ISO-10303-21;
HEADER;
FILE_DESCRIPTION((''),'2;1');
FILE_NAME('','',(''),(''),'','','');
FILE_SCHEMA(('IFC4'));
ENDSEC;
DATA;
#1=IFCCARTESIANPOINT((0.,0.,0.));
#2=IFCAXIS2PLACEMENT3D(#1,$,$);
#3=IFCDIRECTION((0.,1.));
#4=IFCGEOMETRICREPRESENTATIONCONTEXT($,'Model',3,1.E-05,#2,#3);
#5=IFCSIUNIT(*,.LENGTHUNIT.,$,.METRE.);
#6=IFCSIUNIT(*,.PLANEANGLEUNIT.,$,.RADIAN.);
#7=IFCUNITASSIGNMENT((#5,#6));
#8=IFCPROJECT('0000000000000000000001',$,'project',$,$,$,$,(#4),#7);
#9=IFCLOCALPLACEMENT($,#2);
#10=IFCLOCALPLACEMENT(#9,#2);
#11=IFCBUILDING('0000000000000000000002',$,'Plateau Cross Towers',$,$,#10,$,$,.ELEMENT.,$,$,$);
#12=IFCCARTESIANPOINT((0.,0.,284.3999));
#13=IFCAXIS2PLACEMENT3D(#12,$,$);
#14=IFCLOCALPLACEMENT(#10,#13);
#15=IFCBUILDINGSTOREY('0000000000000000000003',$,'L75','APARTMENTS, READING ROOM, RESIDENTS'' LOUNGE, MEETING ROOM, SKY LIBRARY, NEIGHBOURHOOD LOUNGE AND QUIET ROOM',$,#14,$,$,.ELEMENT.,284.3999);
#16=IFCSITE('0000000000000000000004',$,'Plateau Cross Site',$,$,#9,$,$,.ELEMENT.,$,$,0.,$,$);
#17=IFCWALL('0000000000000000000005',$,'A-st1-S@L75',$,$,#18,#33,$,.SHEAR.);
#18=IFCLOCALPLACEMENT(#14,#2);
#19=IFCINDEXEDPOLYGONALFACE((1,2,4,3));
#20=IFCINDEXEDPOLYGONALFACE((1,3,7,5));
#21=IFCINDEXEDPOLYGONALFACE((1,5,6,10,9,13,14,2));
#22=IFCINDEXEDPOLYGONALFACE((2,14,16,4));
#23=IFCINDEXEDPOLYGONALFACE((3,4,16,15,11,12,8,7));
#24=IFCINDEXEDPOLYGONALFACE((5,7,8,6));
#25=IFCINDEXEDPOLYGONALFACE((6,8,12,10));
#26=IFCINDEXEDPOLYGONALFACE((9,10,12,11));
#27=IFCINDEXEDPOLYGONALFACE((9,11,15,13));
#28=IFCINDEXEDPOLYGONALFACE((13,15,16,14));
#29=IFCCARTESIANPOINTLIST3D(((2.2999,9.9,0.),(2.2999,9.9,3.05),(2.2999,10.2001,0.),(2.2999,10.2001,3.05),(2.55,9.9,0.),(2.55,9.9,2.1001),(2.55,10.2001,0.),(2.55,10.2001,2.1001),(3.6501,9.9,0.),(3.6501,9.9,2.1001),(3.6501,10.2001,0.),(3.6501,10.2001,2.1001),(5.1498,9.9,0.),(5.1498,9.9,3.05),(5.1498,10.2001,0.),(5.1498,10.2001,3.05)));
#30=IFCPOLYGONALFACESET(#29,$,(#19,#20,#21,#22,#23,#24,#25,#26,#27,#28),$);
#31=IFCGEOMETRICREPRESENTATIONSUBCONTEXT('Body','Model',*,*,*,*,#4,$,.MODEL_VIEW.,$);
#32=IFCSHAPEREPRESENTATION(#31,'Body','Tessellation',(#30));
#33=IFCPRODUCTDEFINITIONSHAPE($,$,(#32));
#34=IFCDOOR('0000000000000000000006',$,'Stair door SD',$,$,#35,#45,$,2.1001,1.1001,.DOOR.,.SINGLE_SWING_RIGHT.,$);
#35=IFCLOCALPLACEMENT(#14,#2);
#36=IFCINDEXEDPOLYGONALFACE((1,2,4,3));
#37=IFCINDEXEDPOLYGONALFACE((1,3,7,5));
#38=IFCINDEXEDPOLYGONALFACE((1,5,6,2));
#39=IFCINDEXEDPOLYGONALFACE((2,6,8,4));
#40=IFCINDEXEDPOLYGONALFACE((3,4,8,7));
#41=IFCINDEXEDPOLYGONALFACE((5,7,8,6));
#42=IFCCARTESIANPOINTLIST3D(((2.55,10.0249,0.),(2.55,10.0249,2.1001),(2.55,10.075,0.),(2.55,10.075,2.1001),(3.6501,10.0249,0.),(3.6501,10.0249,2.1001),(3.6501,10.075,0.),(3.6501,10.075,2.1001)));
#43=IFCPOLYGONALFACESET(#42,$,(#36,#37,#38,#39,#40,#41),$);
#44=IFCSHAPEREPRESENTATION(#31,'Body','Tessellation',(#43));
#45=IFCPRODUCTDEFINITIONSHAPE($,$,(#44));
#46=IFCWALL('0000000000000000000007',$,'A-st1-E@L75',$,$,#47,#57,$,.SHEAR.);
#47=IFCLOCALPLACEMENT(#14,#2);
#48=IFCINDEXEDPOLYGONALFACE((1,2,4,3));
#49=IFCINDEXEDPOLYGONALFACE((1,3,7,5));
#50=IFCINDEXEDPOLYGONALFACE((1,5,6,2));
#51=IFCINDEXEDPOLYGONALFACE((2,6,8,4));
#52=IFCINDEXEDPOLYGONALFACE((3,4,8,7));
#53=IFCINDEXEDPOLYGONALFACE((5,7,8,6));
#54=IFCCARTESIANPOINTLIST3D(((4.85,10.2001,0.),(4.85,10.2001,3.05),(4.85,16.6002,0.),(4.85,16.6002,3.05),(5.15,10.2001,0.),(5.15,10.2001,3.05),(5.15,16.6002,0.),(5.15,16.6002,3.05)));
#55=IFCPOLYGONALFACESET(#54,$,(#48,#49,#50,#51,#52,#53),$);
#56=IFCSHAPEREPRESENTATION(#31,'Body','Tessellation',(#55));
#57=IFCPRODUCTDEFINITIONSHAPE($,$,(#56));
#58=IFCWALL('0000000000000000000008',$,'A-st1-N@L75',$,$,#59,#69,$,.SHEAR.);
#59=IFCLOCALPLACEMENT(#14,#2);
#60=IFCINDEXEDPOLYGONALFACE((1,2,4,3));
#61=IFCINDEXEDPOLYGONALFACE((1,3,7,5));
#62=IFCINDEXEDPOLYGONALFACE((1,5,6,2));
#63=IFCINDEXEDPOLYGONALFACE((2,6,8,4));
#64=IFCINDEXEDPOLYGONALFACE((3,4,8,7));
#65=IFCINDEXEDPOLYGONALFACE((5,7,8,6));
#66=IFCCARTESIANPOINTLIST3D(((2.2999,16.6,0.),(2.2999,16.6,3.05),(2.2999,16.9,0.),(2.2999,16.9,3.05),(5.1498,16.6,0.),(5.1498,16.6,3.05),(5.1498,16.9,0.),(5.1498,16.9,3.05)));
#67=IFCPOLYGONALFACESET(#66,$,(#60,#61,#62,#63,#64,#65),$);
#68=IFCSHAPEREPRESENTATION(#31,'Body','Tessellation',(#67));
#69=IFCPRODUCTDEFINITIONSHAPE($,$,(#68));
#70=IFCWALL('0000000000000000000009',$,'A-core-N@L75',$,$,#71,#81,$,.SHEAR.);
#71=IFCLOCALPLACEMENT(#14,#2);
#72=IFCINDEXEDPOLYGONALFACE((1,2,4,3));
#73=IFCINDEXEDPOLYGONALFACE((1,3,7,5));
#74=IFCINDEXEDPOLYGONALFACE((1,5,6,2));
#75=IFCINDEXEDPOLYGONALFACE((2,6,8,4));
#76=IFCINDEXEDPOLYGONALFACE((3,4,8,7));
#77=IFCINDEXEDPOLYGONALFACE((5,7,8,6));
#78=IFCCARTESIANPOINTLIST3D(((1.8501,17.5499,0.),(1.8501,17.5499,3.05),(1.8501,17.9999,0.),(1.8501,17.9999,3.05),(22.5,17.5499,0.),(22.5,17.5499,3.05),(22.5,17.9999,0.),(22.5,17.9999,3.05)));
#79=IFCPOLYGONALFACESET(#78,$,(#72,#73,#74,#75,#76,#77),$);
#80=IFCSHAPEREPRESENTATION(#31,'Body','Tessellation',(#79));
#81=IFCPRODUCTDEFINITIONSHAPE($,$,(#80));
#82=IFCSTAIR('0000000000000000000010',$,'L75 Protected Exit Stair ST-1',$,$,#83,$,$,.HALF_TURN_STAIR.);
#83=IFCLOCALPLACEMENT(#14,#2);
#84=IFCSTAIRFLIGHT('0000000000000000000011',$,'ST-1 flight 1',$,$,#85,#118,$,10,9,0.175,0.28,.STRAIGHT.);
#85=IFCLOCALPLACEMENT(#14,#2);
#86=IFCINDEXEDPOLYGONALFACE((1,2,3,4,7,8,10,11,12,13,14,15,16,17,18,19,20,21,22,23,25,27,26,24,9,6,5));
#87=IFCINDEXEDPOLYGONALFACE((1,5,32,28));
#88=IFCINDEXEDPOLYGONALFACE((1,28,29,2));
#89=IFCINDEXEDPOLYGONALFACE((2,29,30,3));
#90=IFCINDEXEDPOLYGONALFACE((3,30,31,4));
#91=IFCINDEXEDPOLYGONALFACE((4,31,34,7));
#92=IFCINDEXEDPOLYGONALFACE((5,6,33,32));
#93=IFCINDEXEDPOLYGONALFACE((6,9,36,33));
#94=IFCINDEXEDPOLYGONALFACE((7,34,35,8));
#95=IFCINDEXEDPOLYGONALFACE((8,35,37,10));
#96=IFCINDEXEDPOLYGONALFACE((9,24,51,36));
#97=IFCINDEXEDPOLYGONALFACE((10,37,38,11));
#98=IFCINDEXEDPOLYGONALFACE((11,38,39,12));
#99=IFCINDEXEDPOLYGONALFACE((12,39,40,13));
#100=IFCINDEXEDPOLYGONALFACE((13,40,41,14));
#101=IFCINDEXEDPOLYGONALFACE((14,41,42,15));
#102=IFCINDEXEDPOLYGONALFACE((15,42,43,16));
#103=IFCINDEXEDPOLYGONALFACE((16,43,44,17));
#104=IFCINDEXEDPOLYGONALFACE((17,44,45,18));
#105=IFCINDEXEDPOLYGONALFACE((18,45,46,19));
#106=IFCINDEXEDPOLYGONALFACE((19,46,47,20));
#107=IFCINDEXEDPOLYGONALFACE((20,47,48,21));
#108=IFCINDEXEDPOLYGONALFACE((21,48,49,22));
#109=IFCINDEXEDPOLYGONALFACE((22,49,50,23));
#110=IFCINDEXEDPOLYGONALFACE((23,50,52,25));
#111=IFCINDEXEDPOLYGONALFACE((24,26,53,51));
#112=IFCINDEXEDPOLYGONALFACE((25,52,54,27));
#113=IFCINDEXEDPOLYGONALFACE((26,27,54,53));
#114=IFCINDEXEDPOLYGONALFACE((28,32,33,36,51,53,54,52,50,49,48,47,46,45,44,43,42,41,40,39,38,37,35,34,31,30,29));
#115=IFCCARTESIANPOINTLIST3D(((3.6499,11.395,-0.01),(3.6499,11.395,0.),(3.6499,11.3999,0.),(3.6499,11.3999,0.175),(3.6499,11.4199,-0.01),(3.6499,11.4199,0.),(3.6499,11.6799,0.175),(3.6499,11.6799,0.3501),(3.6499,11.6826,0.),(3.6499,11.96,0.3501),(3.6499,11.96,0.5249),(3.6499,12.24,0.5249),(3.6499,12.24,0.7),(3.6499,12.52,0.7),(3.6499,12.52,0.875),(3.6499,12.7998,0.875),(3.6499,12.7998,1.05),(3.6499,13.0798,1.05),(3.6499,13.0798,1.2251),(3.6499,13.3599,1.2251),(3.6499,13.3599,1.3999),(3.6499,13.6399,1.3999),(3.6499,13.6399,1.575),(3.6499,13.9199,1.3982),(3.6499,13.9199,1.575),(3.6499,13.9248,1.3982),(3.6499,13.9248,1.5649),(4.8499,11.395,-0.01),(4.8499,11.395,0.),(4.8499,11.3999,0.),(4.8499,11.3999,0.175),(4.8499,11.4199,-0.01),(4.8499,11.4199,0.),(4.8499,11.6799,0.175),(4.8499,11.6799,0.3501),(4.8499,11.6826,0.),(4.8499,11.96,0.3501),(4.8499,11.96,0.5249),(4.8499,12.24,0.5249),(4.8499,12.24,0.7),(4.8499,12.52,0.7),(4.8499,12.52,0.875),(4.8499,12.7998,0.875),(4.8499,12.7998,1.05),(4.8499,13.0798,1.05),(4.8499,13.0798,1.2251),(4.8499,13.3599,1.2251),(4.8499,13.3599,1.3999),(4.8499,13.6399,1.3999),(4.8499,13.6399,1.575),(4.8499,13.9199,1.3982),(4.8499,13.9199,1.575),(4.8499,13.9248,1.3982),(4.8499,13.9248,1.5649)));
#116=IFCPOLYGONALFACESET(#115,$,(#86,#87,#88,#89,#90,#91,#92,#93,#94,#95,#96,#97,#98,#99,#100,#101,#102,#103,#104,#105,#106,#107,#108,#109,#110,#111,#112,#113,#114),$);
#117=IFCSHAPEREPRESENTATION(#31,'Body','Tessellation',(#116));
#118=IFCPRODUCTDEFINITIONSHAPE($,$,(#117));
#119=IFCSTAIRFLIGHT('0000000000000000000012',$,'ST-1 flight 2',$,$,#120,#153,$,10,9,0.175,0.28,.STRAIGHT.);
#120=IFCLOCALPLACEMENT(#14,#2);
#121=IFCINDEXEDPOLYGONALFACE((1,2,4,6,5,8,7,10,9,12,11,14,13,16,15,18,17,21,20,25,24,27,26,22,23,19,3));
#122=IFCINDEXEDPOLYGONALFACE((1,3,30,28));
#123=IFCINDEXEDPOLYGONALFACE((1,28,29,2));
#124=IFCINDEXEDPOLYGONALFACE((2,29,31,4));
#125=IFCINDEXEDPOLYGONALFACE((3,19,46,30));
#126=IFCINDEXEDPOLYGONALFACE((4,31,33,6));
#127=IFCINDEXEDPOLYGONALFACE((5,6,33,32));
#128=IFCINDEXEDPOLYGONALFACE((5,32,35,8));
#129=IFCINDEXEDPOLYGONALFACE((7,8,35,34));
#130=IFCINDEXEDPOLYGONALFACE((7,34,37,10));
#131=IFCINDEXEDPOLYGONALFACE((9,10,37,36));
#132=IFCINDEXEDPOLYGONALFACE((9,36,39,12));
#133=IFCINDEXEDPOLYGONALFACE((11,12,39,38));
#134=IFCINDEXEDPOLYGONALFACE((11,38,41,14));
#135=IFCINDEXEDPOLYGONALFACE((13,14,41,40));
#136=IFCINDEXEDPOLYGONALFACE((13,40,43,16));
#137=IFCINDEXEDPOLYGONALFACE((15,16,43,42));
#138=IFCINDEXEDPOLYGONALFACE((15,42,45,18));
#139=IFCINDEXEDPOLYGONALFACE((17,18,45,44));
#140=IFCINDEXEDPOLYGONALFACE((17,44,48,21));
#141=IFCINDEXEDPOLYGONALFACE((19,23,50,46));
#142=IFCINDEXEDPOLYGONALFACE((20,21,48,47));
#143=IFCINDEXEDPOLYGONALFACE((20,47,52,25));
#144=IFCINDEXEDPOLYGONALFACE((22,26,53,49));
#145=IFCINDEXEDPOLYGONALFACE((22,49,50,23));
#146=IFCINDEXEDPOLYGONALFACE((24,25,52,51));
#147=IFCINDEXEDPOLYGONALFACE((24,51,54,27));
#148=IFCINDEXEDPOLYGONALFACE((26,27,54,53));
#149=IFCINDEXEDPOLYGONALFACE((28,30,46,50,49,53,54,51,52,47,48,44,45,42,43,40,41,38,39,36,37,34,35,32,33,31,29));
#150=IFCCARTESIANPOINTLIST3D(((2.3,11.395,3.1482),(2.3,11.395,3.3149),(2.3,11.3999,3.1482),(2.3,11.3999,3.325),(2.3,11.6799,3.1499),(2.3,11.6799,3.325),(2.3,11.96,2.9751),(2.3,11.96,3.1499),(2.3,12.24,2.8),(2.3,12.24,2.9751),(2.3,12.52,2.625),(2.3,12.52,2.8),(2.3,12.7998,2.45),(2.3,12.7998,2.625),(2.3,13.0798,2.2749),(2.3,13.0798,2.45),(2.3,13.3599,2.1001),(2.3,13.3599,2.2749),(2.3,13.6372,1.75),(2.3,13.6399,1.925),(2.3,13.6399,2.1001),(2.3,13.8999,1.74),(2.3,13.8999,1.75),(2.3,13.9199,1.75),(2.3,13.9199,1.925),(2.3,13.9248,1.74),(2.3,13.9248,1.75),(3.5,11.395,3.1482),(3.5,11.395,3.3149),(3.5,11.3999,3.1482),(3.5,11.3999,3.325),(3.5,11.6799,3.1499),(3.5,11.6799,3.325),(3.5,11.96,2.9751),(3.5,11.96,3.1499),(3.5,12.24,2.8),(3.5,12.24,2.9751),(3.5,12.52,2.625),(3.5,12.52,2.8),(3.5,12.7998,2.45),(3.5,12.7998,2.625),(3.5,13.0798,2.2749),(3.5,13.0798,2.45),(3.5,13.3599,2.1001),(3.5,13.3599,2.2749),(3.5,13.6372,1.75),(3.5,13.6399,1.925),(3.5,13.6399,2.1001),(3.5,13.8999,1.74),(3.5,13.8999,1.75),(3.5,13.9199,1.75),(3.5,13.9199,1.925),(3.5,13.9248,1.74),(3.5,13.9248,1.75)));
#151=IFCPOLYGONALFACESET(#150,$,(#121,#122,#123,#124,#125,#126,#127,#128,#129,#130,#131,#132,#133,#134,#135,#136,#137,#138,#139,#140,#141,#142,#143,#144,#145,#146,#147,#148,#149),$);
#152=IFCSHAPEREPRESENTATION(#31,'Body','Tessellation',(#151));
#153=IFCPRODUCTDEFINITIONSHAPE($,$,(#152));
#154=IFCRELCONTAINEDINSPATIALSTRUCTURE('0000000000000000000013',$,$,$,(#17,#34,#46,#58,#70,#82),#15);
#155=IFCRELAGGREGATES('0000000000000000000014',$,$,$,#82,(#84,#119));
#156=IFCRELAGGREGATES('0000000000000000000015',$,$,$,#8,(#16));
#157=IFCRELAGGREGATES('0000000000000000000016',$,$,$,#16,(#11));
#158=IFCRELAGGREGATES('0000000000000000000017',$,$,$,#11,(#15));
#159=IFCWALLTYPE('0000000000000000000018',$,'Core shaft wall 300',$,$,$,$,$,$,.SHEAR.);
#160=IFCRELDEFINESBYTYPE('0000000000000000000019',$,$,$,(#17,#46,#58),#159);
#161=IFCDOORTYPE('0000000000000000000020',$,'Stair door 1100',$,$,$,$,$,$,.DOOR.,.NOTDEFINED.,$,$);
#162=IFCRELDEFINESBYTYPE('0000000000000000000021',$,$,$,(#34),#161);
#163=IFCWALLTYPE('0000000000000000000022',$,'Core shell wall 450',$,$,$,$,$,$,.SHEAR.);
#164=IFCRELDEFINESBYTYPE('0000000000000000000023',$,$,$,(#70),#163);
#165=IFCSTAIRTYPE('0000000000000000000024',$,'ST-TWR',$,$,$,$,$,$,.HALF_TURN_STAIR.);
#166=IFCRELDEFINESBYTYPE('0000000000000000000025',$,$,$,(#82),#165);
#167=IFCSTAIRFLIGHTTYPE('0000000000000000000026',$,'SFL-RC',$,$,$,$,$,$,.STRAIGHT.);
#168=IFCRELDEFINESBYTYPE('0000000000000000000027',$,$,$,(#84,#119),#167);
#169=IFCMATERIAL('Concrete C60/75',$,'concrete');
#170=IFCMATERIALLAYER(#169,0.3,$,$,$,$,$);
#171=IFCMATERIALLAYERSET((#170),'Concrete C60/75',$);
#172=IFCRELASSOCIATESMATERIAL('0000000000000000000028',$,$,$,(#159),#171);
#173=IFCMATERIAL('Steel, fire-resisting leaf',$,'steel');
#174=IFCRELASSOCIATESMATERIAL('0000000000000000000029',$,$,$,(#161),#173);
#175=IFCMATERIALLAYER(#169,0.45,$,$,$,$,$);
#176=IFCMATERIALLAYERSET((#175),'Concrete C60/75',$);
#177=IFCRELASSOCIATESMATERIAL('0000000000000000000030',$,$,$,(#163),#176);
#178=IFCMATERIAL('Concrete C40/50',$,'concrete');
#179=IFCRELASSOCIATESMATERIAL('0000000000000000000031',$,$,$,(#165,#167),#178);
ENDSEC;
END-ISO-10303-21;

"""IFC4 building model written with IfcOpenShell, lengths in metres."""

from ifc_helpers import new_model, si_unit, direction, frame, frame_2d, origin, place, context, subcontext, project, spatial, polyline, rectangle, outline, extrude, material, layer, layer_set, type_object, element, fill, aggregate, save


model = new_model("IFC4")

# Units and contexts
model_context = context("Model", 3, precision=1e-05, world=origin(), true_north=direction((0.0, 1.0)))
body_context = subcontext(model_context, "Body", "Model", "MODEL_VIEW")
ifc_project = project(units=[si_unit("LENGTHUNIT", "METRE"), si_unit("PLANEANGLEUNIT", "RADIAN")], contexts=[model_context])

# Site, building, storey
site_placement = place(None, origin())
site = spatial("IfcSite", under=ifc_project, at=site_placement, Name="Plateau Cross Site", CompositionType="ELEMENT", RefElevation=0.0)
building_placement = place(site_placement, origin())
building = spatial("IfcBuilding", under=site, at=building_placement, Name="Plateau Cross Towers", CompositionType="ELEMENT")
storey_placement = place(building_placement, frame((0.0, 0.0, 284.3999)))
storey = spatial("IfcBuildingStorey", under=building, at=storey_placement, Name="L75", Description="APARTMENTS, READING ROOM, RESIDENTS' LOUNGE, MEETING ROOM, SKY LIBRARY, NEIGHBOURHOOD LOUNGE AND QUIET ROOM", CompositionType="ELEMENT", Elevation=284.3999)

# Shared definitions
ifc_material_1 = material(Name="Concrete C60/75", Category="concrete")

# Wall, opening, door
ifc_layer_1 = layer(ifc_material_1, 0.3)
ifc_layer_set_1 = layer_set([ifc_layer_1], Name="Concrete C60/75")
wall_type_1 = type_object("IfcWallType", Name="Core shaft wall 300", PredefinedType="SHEAR", material=ifc_layer_set_1)
wall_1_placement = place(storey_placement, frame((2.3, 10.05, 0.0), z_axis=(0.0, 0.0, 1.0), x_axis=(1.0, 0.0, 0.0)))
wall_1 = element("IfcWall", 1, at=wall_1_placement, inside=storey, type_object=wall_type_1, Name="A-st1-S@L75", PredefinedType="SHEAR", context=body_context, shape_type="SweptSolid", body=[
    extrude(rectangle(XDim=2.8499, YDim=0.3, at=frame_2d((1.4248, 0.0))), origin(), (0.0, 0.0, 1.0), 3.05),
])
opening_placement = place(wall_1_placement, frame((0.25, 0.0, 0.0)))
opening = element("IfcOpeningElement", 2, at=opening_placement, cuts=wall_1, PredefinedType="OPENING", context=body_context, shape_type="SweptSolid", body=[
    extrude(rectangle(XDim=1.1001, YDim=2.1001, at=frame_2d((0.55, 1.05))), frame((0.0, 0.1599, 0.0), z_axis=(0.0, -1.0, 0.0), x_axis=(1.0, 0.0, 0.0)), (0.0, 0.0, 1.0), 0.3201),
])
ifc_material_2 = material(Name="Steel, fire-resisting leaf", Category="steel")
door_type = type_object("IfcDoorType", Name="Stair door 1100", OperationType="NOTDEFINED", PredefinedType="DOOR", material=ifc_material_2)
door_placement = place(opening_placement, origin())
door = element("IfcDoor", 3, at=door_placement, inside=storey, type_object=door_type, Name="Stair door SD", OperationType="SINGLE_SWING_RIGHT", OverallHeight=2.1001, OverallWidth=1.1001, PredefinedType="DOOR", context=body_context, shape_type="SweptSolid", body=[
    extrude(rectangle(XDim=1.1001, YDim=2.1001, at=frame_2d((0.55, 1.05))), frame((0.0, 0.0249, 0.0), z_axis=(0.0, -1.0, 0.0), x_axis=(1.0, 0.0, 0.0)), (0.0, 0.0, 1.0), 0.05),
])
fill(opening, door)

# Walls
wall_2_placement = place(storey_placement, frame((5.0, 10.2, 0.0), z_axis=(0.0, 0.0, 1.0), x_axis=(0.0, 1.0, 0.0)))
element("IfcWall", 4, at=wall_2_placement, inside=storey, type_object=wall_type_1, Name="A-st1-E@L75", PredefinedType="SHEAR", context=body_context, shape_type="SweptSolid", body=[
    extrude(rectangle(XDim=6.4001, YDim=0.3, at=frame_2d((3.2002, 0.0))), origin(), (0.0, 0.0, 1.0), 3.05),
])
wall_3_placement = place(storey_placement, frame((2.3, 16.75, 0.0), z_axis=(0.0, 0.0, 1.0), x_axis=(1.0, 0.0, 0.0)))
element("IfcWall", 5, at=wall_3_placement, inside=storey, type_object=wall_type_1, Name="A-st1-N@L75", PredefinedType="SHEAR", context=body_context, shape_type="SweptSolid", body=[
    extrude(rectangle(XDim=2.8499, YDim=0.3, at=frame_2d((1.4248, 0.0))), origin(), (0.0, 0.0, 1.0), 3.05),
])
ifc_layer_2 = layer(ifc_material_1, 0.45)
ifc_layer_set_2 = layer_set([ifc_layer_2], Name="Concrete C60/75")
wall_type_2 = type_object("IfcWallType", Name="Core shell wall 450", PredefinedType="SHEAR", material=ifc_layer_set_2)
wall_4_placement = place(storey_placement, frame((1.8501, 17.7749, 0.0), z_axis=(0.0, 0.0, 1.0), x_axis=(1.0, 0.0, 0.0)))
element("IfcWall", 6, at=wall_4_placement, inside=storey, type_object=wall_type_2, Name="A-core-N@L75", PredefinedType="SHEAR", context=body_context, shape_type="SweptSolid", body=[
    extrude(rectangle(XDim=20.6499, YDim=0.45, at=frame_2d((10.325, 0.0))), origin(), (0.0, 0.0, 1.0), 3.05),
])

# Stair, stair flights
ifc_material_3 = material(Name="Concrete C40/50", Category="concrete")
stair_type = type_object("IfcStairType", Name="ST-TWR", PredefinedType="HALF_TURN_STAIR", material=ifc_material_3)
stair_placement = place(storey_placement, origin())
stair = element("IfcStair", 7, at=stair_placement, inside=storey, type_object=stair_type, Name="L75 Protected Exit Stair ST-1", PredefinedType="HALF_TURN_STAIR")
stair_flight_type = type_object("IfcStairFlightType", Name="SFL-RC", PredefinedType="STRAIGHT", material=ifc_material_3)
stair_flight_1_placement = place(storey_placement, frame((4.25, 11.3999, 0.0), z_axis=(0.0, 0.0, 1.0), x_axis=(0.0, 1.0, 0.0)))
stair_flight_1 = element("IfcStairFlight", 8, at=stair_flight_1_placement, type_object=stair_flight_type, Name="ST-1 flight 1", NumberOfRisers=10, NumberOfTreads=9, PredefinedType="STRAIGHT", RiserHeight=0.175, TreadLength=0.28, context=body_context, shape_type="SweptSolid", body=[
    extrude(outline(polyline([(-0.0049, -0.01), (-0.0049, 0.0), (0.0, 0.0), (0.0, 0.175), (0.28, 0.175), (0.28, 0.3501), (0.5601, 0.3501), (0.5601, 0.5249), (0.8401, 0.5249), (0.8401, 0.7), (1.1201, 0.7), (1.1201, 0.875), (1.3999, 0.875), (1.3999, 1.05), (1.6799, 1.05), (1.6799, 1.2251), (1.96, 1.2251), (1.96, 1.3999), (2.24, 1.3999), (2.24, 1.575), (2.52, 1.575), (2.5249, 1.5649), (2.5249, 1.3982), (2.52, 1.3982), (0.2827, 0.0), (0.02, 0.0), (0.02, -0.01), (-0.0049, -0.01)])), frame((0.0, 0.6001, 0.0), z_axis=(0.0, -1.0, 0.0), x_axis=(1.0, 0.0, 0.0)), (0.0, 0.0, 1.0), 1.2),
])
stair_flight_2_placement = place(storey_placement, frame((2.8999, 13.9199, 1.75), z_axis=(0.0, 0.0, 1.0), x_axis=(0.0, -1.0, 0.0)))
stair_flight_2 = element("IfcStairFlight", 9, at=stair_flight_2_placement, type_object=stair_flight_type, Name="ST-1 flight 2", NumberOfRisers=10, NumberOfTreads=9, PredefinedType="STRAIGHT", RiserHeight=0.175, TreadLength=0.28, context=body_context, shape_type="SweptSolid", body=[
    extrude(outline(polyline([(-0.0049, -0.01), (-0.0049, 0.0), (0.0, 0.0), (0.0, 0.175), (0.28, 0.175), (0.28, 0.3501), (0.5601, 0.3501), (0.5601, 0.5249), (0.8401, 0.5249), (0.8401, 0.7), (1.1201, 0.7), (1.1201, 0.875), (1.3999, 0.875), (1.3999, 1.05), (1.6799, 1.05), (1.6799, 1.2251), (1.96, 1.2251), (1.96, 1.3999), (2.24, 1.3999), (2.24, 1.575), (2.52, 1.575), (2.5249, 1.5649), (2.5249, 1.3982), (2.52, 1.3982), (0.2827, 0.0), (0.02, 0.0), (0.02, -0.01), (-0.0049, -0.01)])), frame((0.0, 0.6001, 0.0), z_axis=(0.0, -1.0, 0.0), x_axis=(1.0, 0.0, 0.0)), (0.0, 0.0, 1.0), 1.2),
])
aggregate(stair, [stair_flight_1, stair_flight_2])

save(model, "model.ifc")
